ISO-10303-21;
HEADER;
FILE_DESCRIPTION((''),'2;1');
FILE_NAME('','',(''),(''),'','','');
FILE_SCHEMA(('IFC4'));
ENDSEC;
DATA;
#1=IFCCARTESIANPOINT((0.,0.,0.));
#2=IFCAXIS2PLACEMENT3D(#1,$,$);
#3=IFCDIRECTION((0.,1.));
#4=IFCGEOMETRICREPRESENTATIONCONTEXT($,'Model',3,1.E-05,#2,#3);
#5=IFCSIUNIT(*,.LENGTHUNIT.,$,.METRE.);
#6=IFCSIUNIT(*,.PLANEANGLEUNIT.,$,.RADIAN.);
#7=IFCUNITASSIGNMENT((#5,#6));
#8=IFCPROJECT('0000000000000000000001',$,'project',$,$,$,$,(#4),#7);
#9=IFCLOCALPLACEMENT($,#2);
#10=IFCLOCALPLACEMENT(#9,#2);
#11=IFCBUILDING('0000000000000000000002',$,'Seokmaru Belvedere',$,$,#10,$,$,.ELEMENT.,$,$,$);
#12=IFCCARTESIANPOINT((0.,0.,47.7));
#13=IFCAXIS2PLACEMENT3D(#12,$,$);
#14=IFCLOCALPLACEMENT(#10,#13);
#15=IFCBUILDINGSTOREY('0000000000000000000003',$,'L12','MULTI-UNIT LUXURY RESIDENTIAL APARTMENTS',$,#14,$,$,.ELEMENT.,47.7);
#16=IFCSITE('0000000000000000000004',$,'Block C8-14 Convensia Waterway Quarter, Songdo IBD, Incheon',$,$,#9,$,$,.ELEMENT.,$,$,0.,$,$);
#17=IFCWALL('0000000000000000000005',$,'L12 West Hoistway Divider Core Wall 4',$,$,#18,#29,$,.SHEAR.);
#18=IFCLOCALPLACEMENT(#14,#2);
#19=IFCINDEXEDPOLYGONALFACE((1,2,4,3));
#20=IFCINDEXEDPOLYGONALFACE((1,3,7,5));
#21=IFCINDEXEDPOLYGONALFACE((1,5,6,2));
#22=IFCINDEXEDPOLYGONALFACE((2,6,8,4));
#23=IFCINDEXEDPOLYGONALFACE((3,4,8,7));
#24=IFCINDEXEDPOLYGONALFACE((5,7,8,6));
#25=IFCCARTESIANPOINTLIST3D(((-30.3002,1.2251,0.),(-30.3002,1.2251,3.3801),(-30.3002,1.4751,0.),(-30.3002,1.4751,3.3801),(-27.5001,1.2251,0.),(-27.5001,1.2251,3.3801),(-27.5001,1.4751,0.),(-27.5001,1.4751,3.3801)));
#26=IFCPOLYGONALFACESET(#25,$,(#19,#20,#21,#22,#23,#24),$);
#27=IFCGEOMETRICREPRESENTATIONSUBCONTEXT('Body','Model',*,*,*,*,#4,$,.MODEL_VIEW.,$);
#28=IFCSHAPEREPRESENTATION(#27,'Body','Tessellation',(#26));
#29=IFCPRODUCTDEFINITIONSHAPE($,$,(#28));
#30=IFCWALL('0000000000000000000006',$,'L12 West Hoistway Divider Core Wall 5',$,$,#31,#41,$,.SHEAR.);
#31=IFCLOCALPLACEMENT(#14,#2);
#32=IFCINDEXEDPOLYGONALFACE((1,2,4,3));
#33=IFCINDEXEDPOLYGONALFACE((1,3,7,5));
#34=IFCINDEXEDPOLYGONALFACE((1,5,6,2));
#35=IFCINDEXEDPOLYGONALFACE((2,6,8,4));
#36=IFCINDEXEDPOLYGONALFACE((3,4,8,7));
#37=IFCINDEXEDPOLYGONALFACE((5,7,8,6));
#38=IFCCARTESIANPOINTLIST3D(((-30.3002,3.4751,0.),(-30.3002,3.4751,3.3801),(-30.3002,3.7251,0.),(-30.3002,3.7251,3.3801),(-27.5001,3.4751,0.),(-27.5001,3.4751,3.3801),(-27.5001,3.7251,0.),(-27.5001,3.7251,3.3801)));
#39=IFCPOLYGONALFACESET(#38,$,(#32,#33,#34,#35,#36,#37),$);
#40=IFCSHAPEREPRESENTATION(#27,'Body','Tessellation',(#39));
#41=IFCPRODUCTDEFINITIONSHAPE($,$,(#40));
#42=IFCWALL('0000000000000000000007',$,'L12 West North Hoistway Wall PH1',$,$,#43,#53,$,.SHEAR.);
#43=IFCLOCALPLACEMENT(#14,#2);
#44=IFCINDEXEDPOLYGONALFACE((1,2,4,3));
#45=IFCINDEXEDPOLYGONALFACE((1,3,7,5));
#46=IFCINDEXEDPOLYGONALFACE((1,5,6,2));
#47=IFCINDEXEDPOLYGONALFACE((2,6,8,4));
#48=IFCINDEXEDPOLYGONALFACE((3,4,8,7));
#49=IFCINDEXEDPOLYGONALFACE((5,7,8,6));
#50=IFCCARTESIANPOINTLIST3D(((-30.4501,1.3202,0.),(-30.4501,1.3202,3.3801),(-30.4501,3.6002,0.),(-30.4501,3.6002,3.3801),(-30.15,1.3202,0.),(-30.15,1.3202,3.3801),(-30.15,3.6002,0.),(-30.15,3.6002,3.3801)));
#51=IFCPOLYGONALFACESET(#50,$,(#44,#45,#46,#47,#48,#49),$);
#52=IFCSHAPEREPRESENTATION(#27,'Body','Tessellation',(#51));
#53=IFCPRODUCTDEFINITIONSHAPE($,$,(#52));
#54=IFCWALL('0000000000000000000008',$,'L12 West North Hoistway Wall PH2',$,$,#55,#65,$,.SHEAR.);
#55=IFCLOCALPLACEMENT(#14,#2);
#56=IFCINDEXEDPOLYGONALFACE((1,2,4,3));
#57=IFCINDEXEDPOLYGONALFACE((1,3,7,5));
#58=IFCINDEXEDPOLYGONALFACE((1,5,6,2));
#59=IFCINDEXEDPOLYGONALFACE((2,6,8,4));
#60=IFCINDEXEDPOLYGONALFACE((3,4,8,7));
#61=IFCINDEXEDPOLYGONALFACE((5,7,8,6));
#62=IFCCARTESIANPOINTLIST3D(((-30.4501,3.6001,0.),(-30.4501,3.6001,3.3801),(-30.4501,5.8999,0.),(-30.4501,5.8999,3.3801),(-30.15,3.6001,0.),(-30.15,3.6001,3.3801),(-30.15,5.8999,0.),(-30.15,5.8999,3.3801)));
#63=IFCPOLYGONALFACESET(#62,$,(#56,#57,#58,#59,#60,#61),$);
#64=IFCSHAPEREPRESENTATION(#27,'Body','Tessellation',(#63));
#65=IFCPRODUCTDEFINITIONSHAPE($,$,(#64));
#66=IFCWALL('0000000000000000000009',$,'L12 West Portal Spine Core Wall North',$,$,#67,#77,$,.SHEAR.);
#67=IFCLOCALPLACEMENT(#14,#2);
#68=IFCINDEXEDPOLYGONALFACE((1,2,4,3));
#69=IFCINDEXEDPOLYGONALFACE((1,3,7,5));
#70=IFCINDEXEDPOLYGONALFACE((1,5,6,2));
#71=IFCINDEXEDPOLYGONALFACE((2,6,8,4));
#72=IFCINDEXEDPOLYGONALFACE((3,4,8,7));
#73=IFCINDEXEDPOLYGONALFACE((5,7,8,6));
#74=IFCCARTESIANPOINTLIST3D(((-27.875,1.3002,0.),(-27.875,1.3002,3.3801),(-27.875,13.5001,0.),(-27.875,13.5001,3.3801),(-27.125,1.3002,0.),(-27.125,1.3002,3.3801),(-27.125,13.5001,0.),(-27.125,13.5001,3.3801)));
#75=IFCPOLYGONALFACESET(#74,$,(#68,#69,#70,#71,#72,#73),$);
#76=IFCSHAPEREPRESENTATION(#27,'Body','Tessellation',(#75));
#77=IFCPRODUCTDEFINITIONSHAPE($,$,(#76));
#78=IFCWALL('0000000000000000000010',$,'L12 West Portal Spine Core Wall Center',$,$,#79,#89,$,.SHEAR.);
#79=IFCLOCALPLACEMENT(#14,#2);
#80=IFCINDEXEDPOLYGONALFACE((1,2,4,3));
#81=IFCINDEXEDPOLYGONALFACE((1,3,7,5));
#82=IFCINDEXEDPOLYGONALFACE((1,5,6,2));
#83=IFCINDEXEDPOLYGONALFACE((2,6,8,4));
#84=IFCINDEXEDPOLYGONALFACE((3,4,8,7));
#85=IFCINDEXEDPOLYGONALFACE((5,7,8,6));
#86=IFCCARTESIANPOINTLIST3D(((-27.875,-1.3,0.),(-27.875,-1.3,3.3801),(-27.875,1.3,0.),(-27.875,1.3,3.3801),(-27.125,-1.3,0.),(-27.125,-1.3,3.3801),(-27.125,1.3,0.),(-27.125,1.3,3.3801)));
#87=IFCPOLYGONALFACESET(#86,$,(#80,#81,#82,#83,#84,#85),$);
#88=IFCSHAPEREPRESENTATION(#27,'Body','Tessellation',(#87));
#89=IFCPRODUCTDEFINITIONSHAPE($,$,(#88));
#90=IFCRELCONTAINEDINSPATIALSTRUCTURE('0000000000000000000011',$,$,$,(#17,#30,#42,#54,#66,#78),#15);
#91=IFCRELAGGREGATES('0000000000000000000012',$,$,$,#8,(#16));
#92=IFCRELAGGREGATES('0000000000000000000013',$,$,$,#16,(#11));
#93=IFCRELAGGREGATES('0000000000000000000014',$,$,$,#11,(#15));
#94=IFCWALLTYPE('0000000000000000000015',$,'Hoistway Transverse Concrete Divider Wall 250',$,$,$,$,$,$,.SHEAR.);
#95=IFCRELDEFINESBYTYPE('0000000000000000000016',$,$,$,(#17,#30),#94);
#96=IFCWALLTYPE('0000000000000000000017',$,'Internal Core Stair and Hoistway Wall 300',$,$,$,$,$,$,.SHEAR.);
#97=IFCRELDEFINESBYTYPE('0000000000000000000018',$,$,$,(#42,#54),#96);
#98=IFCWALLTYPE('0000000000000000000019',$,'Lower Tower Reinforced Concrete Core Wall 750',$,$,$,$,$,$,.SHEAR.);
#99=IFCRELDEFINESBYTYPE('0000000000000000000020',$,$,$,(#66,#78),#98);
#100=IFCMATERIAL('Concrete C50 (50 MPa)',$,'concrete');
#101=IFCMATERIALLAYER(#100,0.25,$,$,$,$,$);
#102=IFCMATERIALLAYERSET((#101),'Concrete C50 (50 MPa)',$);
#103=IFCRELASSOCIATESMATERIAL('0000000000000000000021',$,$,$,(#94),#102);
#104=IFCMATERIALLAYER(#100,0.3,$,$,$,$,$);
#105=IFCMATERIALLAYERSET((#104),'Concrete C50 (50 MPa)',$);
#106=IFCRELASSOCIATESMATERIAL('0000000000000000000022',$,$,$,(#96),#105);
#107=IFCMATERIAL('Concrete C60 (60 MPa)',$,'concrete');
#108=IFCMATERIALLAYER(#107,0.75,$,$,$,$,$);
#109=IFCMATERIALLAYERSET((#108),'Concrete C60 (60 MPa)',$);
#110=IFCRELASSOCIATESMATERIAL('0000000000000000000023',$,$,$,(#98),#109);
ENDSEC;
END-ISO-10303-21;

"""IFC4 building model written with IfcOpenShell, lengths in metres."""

from ifc_helpers import new_model, si_unit, direction, frame, frame_2d, origin, place, context, subcontext, project, spatial, rectangle, extrude, material, layer, layer_set, type_object, element, save


model = new_model("IFC4")

# Units and contexts
model_context = context("Model", 3, precision=1e-05, world=origin(), true_north=direction((0.0, 1.0)))
body_context = subcontext(model_context, "Body", "Model", "MODEL_VIEW")
ifc_project = project(units=[si_unit("LENGTHUNIT", "METRE"), si_unit("PLANEANGLEUNIT", "RADIAN")], contexts=[model_context])

# Site, building, storey
site_placement = place(None, origin())
site = spatial("IfcSite", under=ifc_project, at=site_placement, Name="Block C8-14 Convensia Waterway Quarter, Songdo IBD, Incheon", CompositionType="ELEMENT", RefElevation=0.0)
building_placement = place(site_placement, origin())
building = spatial("IfcBuilding", under=site, at=building_placement, Name="Seokmaru Belvedere", CompositionType="ELEMENT")
storey_placement = place(building_placement, frame((0.0, 0.0, 47.7)))
storey = spatial("IfcBuildingStorey", under=building, at=storey_placement, Name="L12", Description="MULTI-UNIT LUXURY RESIDENTIAL APARTMENTS", CompositionType="ELEMENT", Elevation=47.7)

# Walls
ifc_material_1 = material(Name="Concrete C50 (50 MPa)", Category="concrete")
ifc_layer_1 = layer(ifc_material_1, 0.25)
ifc_layer_set_1 = layer_set([ifc_layer_1], Name="Concrete C50 (50 MPa)")
wall_type_1 = type_object("IfcWallType", Name="Hoistway Transverse Concrete Divider Wall 250", PredefinedType="SHEAR", material=ifc_layer_set_1)
for number, where, z_axis, x_axis, name in (
    (1, (-30.3, 1.3501, 0.0), (0.0, 0.0, 1.0), (1.0, 0.0, 0.0), "L12 West Hoistway Divider Core Wall 4"),
    (2, (-30.3, 3.6001, 0.0), (0.0, 0.0, 1.0), (1.0, 0.0, 0.0), "L12 West Hoistway Divider Core Wall 5"),
):
    element("IfcWall", number, at=place(storey_placement, frame(where, z_axis=z_axis, x_axis=x_axis)), inside=storey, type_object=wall_type_1, Name=name, PredefinedType="SHEAR", context=body_context, shape_type="SweptSolid", body=[
        extrude(rectangle(XDim=2.8, YDim=0.25, at=frame_2d((1.3999, 0.0))), origin(), (0.0, 0.0, 1.0), 3.3801),
    ])
ifc_layer_2 = layer(ifc_material_1, 0.3)
ifc_layer_set_2 = layer_set([ifc_layer_2], Name="Concrete C50 (50 MPa)")
wall_type_2 = type_object("IfcWallType", Name="Internal Core Stair and Hoistway Wall 300", PredefinedType="SHEAR", material=ifc_layer_set_2)
wall_1_placement = place(storey_placement, frame((-30.3, 1.3201, 0.0), z_axis=(0.0, 0.0, 1.0), x_axis=(0.0, 1.0, 0.0)))
element("IfcWall", 3, at=wall_1_placement, inside=storey, type_object=wall_type_2, Name="L12 West North Hoistway Wall PH1", PredefinedType="SHEAR", context=body_context, shape_type="SweptSolid", body=[
    extrude(rectangle(XDim=2.28, YDim=0.3, at=frame_2d((1.1401, 0.0))), origin(), (0.0, 0.0, 1.0), 3.3801),
])
wall_2_placement = place(storey_placement, frame((-30.3, 3.6001, 0.0), z_axis=(0.0, 0.0, 1.0), x_axis=(0.0, 1.0, 0.0)))
element("IfcWall", 4, at=wall_2_placement, inside=storey, type_object=wall_type_2, Name="L12 West North Hoistway Wall PH2", PredefinedType="SHEAR", context=body_context, shape_type="SweptSolid", body=[
    extrude(rectangle(XDim=2.2998, YDim=0.3, at=frame_2d((1.1499, 0.0))), origin(), (0.0, 0.0, 1.0), 3.3801),
])
ifc_material_2 = material(Name="Concrete C60 (60 MPa)", Category="concrete")
ifc_layer_3 = layer(ifc_material_2, 0.75)
ifc_layer_set_3 = layer_set([ifc_layer_3], Name="Concrete C60 (60 MPa)")
wall_type_3 = type_object("IfcWallType", Name="Lower Tower Reinforced Concrete Core Wall 750", PredefinedType="SHEAR", material=ifc_layer_set_3)
wall_3_placement = place(storey_placement, frame((-27.5, 1.3, 0.0), z_axis=(0.0, 0.0, 1.0), x_axis=(0.0, 1.0, 0.0)))
element("IfcWall", 5, at=wall_3_placement, inside=storey, type_object=wall_type_3, Name="L12 West Portal Spine Core Wall North", PredefinedType="SHEAR", context=body_context, shape_type="SweptSolid", body=[
    extrude(rectangle(XDim=12.2, YDim=0.75, at=frame_2d((6.1001, 0.0))), origin(), (0.0, 0.0, 1.0), 3.3801),
])
wall_4_placement = place(storey_placement, frame((-27.5, -1.3, 0.0), z_axis=(0.0, 0.0, 1.0), x_axis=(0.0, 1.0, 0.0)))
element("IfcWall", 6, at=wall_4_placement, inside=storey, type_object=wall_type_3, Name="L12 West Portal Spine Core Wall Center", PredefinedType="SHEAR", context=body_context, shape_type="SweptSolid", body=[
    extrude(rectangle(XDim=2.6001, YDim=0.75, at=frame_2d((1.3, 0.0))), origin(), (0.0, 0.0, 1.0), 3.3801),
])

save(model, "model.ifc")
